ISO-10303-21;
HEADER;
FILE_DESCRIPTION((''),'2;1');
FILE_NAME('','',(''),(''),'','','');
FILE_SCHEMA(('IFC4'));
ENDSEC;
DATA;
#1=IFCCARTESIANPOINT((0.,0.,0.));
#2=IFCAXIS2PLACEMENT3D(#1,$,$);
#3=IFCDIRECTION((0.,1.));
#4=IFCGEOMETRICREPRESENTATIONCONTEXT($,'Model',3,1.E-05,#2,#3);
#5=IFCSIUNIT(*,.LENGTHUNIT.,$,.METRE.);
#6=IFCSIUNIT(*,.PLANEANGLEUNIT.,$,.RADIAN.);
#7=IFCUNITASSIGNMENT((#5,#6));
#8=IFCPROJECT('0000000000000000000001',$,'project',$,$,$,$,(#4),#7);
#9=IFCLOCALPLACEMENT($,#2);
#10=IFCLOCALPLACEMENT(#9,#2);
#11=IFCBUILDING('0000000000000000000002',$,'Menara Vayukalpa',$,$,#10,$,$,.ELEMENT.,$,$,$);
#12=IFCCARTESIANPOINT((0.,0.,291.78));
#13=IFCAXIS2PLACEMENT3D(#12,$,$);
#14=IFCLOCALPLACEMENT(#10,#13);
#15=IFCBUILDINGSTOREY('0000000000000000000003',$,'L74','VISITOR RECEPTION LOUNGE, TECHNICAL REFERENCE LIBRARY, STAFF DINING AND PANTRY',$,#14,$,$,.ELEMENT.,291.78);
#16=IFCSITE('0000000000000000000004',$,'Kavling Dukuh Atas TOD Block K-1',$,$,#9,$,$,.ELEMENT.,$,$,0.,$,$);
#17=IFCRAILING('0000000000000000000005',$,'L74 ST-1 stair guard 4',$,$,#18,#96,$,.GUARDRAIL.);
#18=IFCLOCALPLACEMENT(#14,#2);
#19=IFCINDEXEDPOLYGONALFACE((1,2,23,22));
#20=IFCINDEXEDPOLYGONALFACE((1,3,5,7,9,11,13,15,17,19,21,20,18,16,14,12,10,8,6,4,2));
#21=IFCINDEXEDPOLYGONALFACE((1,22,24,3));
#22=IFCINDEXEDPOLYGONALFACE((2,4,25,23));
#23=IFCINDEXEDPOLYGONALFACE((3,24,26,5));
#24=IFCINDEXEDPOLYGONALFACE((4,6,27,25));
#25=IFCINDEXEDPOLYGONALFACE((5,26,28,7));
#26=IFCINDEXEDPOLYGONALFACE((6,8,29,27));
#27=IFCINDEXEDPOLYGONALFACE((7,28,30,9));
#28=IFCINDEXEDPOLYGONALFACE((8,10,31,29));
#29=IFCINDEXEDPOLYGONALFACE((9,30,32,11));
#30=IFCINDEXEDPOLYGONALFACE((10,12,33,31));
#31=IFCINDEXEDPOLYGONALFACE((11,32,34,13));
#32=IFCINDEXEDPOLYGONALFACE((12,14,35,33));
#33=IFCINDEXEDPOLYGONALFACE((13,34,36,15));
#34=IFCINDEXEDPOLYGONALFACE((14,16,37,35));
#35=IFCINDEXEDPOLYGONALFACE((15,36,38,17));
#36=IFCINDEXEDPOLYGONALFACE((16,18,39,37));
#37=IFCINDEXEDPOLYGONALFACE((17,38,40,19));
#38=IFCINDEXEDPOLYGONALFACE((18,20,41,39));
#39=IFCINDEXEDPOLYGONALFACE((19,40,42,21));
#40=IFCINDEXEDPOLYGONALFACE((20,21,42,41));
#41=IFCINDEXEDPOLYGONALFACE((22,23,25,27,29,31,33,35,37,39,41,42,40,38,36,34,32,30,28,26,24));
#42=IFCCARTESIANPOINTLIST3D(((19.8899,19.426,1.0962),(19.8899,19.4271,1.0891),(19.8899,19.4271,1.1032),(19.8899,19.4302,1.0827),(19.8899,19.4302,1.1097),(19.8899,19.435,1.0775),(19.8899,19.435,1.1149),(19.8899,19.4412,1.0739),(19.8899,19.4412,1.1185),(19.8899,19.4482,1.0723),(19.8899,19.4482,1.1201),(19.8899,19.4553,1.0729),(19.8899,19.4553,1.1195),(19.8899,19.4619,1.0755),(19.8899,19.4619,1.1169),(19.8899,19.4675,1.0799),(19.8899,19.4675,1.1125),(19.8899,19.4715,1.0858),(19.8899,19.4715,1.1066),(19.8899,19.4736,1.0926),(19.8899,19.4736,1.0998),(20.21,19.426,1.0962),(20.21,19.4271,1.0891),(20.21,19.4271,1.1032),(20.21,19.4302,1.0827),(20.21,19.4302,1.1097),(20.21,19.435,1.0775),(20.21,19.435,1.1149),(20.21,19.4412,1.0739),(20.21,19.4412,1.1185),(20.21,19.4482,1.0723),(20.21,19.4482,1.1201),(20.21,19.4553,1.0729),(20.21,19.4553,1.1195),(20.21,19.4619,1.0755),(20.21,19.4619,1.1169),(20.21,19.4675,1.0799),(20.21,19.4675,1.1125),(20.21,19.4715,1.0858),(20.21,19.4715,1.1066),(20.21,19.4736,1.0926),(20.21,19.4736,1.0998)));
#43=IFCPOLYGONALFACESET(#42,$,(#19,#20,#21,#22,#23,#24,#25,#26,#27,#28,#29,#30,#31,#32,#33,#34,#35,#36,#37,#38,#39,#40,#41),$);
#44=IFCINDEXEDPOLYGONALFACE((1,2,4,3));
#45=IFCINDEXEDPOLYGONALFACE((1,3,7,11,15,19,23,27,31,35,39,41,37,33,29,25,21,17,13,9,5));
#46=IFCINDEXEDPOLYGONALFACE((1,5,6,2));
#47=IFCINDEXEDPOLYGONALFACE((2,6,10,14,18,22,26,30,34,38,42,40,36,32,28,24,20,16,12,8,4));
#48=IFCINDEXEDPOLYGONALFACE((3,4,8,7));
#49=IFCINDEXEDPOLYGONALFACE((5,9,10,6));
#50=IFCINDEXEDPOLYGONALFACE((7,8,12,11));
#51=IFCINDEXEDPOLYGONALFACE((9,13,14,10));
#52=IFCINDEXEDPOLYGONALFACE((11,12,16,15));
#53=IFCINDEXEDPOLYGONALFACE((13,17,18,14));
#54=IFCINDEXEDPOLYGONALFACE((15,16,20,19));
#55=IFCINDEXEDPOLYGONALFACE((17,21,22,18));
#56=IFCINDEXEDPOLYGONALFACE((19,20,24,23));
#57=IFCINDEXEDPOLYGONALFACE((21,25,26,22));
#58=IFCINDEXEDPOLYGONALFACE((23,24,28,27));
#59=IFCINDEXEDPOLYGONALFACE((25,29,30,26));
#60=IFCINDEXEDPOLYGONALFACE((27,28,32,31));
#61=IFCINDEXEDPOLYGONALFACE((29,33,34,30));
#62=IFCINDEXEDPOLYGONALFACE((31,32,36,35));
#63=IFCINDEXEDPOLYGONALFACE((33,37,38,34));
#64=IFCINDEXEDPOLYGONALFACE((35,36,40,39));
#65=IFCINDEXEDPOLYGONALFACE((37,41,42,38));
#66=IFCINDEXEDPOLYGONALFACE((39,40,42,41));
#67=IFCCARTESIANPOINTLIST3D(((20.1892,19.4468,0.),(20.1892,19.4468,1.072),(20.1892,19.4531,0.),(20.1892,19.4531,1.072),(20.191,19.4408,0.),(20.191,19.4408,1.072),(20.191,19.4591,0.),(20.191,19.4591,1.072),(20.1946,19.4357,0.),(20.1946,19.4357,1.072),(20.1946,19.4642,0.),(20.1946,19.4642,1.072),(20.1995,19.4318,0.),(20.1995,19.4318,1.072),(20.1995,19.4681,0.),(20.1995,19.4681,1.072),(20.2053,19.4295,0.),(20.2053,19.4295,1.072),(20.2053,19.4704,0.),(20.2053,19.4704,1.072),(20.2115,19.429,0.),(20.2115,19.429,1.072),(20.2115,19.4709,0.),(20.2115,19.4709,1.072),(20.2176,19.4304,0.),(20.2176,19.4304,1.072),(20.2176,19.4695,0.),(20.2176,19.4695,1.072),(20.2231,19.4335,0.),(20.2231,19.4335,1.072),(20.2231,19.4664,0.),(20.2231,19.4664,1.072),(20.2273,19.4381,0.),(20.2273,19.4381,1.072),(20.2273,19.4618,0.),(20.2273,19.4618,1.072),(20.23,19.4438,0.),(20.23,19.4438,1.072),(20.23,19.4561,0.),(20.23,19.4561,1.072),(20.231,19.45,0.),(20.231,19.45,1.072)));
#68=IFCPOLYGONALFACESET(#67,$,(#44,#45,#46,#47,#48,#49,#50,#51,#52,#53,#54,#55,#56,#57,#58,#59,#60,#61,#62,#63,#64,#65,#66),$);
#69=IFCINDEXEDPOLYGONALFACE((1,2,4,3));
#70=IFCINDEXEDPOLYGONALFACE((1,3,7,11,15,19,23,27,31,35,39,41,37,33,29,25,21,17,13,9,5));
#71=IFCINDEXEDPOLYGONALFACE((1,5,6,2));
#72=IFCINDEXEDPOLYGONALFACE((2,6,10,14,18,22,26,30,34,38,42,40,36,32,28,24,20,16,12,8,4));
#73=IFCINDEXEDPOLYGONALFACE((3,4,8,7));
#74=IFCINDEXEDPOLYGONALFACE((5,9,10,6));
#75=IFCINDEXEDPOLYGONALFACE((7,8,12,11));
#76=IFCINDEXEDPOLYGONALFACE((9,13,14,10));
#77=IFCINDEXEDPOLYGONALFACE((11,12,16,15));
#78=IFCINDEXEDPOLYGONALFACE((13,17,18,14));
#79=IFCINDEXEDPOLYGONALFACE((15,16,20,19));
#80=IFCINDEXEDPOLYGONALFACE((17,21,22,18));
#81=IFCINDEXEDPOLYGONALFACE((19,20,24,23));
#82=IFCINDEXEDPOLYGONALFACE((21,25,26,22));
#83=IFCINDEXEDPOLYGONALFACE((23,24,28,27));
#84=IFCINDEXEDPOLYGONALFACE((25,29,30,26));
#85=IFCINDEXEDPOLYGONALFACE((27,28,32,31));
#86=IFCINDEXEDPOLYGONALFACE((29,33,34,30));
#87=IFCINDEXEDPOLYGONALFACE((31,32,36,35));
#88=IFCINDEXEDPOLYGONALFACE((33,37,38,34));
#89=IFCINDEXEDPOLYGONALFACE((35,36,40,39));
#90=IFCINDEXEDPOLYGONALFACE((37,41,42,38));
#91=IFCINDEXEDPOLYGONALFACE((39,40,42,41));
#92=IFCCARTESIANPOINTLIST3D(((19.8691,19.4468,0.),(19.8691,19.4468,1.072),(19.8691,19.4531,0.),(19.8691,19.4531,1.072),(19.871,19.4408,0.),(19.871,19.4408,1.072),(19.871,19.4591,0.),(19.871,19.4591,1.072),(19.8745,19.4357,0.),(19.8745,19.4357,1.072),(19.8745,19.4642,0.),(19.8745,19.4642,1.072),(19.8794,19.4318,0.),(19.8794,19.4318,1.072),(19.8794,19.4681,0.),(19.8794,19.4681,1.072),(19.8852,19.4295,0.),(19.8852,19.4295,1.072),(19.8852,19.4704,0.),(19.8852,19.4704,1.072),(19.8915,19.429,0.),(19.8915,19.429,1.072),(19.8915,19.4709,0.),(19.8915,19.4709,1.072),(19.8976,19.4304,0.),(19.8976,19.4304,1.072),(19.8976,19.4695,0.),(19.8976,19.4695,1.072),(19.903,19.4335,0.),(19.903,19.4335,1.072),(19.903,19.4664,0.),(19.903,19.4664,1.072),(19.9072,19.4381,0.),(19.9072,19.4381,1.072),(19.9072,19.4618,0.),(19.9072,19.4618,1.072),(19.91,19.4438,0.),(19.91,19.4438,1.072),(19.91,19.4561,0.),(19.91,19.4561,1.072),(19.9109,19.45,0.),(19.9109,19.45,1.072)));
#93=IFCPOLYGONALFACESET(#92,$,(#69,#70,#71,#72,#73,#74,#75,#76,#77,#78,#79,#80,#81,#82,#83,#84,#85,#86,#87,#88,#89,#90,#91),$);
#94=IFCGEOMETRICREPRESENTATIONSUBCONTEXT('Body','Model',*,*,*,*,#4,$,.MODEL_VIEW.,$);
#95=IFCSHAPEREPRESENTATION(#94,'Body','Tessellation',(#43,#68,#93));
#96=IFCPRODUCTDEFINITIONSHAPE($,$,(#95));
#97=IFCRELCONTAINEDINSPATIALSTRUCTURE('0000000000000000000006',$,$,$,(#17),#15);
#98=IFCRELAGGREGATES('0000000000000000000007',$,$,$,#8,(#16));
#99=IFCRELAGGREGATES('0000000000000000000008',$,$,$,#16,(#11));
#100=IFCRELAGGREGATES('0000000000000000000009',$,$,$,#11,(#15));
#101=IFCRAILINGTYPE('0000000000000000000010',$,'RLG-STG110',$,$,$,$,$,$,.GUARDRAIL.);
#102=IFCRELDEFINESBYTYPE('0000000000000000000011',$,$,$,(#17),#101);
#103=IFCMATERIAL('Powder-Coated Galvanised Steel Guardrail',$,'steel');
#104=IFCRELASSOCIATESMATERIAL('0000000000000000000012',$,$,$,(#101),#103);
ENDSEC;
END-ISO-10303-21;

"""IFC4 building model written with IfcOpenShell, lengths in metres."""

from ifc_helpers import new_model, si_unit, direction, frame, origin, origin_2d, place, context, subcontext, project, spatial, circle, extrude, material, type_object, element, save


model = new_model("IFC4")

# Units and contexts
model_context = context("Model", 3, precision=1e-05, world=origin(), true_north=direction((0.0, 1.0)))
body_context = subcontext(model_context, "Body", "Model", "MODEL_VIEW")
ifc_project = project(units=[si_unit("LENGTHUNIT", "METRE"), si_unit("PLANEANGLEUNIT", "RADIAN")], contexts=[model_context])

# Site, building, storey
site_placement = place(None, origin())
site = spatial("IfcSite", under=ifc_project, at=site_placement, Name="Kavling Dukuh Atas TOD Block K-1", CompositionType="ELEMENT", RefElevation=0.0)
building_placement = place(site_placement, origin())
building = spatial("IfcBuilding", under=site, at=building_placement, Name="Menara Vayukalpa", CompositionType="ELEMENT")
storey_placement = place(building_placement, frame((0.0, 0.0, 291.78)))
storey = spatial("IfcBuildingStorey", under=building, at=storey_placement, Name="L74", Description="VISITOR RECEPTION LOUNGE, TECHNICAL REFERENCE LIBRARY, STAFF DINING AND PANTRY", CompositionType="ELEMENT", Elevation=291.78)

# Railing
ifc_material_1 = material(Name="Powder-Coated Galvanised Steel Guardrail", Category="steel")
railing_type_1 = type_object("IfcRailingType", Name="RLG-STG110", PredefinedType="GUARDRAIL", material=ifc_material_1)
railing_1_placement = place(storey_placement, frame((20.21, 19.45, 0.0)))
element("IfcRailing", 1, at=railing_1_placement, inside=storey, type_object=railing_type_1, Name="L74 ST-1 stair guard 4", PredefinedType="GUARDRAIL", context=body_context, shape_type="SweptSolid", body=[
    extrude(circle(Radius=0.0239, at=origin_2d()), frame((0.0, 0.0, 1.0962), z_axis=(-1.0, 0.0, 0.0), x_axis=(0.0, -1.0, 0.0)), (0.0, 0.0, 1.0), 0.3201),
    extrude(circle(Radius=0.021, at=origin_2d()), origin(), (0.0, 0.0, 1.0), 1.072),
    extrude(circle(Radius=0.021, at=origin_2d()), frame((-0.3201, 0.0, 0.0)), (0.0, 0.0, 1.0), 1.072),
])

save(model, "model.ifc")
